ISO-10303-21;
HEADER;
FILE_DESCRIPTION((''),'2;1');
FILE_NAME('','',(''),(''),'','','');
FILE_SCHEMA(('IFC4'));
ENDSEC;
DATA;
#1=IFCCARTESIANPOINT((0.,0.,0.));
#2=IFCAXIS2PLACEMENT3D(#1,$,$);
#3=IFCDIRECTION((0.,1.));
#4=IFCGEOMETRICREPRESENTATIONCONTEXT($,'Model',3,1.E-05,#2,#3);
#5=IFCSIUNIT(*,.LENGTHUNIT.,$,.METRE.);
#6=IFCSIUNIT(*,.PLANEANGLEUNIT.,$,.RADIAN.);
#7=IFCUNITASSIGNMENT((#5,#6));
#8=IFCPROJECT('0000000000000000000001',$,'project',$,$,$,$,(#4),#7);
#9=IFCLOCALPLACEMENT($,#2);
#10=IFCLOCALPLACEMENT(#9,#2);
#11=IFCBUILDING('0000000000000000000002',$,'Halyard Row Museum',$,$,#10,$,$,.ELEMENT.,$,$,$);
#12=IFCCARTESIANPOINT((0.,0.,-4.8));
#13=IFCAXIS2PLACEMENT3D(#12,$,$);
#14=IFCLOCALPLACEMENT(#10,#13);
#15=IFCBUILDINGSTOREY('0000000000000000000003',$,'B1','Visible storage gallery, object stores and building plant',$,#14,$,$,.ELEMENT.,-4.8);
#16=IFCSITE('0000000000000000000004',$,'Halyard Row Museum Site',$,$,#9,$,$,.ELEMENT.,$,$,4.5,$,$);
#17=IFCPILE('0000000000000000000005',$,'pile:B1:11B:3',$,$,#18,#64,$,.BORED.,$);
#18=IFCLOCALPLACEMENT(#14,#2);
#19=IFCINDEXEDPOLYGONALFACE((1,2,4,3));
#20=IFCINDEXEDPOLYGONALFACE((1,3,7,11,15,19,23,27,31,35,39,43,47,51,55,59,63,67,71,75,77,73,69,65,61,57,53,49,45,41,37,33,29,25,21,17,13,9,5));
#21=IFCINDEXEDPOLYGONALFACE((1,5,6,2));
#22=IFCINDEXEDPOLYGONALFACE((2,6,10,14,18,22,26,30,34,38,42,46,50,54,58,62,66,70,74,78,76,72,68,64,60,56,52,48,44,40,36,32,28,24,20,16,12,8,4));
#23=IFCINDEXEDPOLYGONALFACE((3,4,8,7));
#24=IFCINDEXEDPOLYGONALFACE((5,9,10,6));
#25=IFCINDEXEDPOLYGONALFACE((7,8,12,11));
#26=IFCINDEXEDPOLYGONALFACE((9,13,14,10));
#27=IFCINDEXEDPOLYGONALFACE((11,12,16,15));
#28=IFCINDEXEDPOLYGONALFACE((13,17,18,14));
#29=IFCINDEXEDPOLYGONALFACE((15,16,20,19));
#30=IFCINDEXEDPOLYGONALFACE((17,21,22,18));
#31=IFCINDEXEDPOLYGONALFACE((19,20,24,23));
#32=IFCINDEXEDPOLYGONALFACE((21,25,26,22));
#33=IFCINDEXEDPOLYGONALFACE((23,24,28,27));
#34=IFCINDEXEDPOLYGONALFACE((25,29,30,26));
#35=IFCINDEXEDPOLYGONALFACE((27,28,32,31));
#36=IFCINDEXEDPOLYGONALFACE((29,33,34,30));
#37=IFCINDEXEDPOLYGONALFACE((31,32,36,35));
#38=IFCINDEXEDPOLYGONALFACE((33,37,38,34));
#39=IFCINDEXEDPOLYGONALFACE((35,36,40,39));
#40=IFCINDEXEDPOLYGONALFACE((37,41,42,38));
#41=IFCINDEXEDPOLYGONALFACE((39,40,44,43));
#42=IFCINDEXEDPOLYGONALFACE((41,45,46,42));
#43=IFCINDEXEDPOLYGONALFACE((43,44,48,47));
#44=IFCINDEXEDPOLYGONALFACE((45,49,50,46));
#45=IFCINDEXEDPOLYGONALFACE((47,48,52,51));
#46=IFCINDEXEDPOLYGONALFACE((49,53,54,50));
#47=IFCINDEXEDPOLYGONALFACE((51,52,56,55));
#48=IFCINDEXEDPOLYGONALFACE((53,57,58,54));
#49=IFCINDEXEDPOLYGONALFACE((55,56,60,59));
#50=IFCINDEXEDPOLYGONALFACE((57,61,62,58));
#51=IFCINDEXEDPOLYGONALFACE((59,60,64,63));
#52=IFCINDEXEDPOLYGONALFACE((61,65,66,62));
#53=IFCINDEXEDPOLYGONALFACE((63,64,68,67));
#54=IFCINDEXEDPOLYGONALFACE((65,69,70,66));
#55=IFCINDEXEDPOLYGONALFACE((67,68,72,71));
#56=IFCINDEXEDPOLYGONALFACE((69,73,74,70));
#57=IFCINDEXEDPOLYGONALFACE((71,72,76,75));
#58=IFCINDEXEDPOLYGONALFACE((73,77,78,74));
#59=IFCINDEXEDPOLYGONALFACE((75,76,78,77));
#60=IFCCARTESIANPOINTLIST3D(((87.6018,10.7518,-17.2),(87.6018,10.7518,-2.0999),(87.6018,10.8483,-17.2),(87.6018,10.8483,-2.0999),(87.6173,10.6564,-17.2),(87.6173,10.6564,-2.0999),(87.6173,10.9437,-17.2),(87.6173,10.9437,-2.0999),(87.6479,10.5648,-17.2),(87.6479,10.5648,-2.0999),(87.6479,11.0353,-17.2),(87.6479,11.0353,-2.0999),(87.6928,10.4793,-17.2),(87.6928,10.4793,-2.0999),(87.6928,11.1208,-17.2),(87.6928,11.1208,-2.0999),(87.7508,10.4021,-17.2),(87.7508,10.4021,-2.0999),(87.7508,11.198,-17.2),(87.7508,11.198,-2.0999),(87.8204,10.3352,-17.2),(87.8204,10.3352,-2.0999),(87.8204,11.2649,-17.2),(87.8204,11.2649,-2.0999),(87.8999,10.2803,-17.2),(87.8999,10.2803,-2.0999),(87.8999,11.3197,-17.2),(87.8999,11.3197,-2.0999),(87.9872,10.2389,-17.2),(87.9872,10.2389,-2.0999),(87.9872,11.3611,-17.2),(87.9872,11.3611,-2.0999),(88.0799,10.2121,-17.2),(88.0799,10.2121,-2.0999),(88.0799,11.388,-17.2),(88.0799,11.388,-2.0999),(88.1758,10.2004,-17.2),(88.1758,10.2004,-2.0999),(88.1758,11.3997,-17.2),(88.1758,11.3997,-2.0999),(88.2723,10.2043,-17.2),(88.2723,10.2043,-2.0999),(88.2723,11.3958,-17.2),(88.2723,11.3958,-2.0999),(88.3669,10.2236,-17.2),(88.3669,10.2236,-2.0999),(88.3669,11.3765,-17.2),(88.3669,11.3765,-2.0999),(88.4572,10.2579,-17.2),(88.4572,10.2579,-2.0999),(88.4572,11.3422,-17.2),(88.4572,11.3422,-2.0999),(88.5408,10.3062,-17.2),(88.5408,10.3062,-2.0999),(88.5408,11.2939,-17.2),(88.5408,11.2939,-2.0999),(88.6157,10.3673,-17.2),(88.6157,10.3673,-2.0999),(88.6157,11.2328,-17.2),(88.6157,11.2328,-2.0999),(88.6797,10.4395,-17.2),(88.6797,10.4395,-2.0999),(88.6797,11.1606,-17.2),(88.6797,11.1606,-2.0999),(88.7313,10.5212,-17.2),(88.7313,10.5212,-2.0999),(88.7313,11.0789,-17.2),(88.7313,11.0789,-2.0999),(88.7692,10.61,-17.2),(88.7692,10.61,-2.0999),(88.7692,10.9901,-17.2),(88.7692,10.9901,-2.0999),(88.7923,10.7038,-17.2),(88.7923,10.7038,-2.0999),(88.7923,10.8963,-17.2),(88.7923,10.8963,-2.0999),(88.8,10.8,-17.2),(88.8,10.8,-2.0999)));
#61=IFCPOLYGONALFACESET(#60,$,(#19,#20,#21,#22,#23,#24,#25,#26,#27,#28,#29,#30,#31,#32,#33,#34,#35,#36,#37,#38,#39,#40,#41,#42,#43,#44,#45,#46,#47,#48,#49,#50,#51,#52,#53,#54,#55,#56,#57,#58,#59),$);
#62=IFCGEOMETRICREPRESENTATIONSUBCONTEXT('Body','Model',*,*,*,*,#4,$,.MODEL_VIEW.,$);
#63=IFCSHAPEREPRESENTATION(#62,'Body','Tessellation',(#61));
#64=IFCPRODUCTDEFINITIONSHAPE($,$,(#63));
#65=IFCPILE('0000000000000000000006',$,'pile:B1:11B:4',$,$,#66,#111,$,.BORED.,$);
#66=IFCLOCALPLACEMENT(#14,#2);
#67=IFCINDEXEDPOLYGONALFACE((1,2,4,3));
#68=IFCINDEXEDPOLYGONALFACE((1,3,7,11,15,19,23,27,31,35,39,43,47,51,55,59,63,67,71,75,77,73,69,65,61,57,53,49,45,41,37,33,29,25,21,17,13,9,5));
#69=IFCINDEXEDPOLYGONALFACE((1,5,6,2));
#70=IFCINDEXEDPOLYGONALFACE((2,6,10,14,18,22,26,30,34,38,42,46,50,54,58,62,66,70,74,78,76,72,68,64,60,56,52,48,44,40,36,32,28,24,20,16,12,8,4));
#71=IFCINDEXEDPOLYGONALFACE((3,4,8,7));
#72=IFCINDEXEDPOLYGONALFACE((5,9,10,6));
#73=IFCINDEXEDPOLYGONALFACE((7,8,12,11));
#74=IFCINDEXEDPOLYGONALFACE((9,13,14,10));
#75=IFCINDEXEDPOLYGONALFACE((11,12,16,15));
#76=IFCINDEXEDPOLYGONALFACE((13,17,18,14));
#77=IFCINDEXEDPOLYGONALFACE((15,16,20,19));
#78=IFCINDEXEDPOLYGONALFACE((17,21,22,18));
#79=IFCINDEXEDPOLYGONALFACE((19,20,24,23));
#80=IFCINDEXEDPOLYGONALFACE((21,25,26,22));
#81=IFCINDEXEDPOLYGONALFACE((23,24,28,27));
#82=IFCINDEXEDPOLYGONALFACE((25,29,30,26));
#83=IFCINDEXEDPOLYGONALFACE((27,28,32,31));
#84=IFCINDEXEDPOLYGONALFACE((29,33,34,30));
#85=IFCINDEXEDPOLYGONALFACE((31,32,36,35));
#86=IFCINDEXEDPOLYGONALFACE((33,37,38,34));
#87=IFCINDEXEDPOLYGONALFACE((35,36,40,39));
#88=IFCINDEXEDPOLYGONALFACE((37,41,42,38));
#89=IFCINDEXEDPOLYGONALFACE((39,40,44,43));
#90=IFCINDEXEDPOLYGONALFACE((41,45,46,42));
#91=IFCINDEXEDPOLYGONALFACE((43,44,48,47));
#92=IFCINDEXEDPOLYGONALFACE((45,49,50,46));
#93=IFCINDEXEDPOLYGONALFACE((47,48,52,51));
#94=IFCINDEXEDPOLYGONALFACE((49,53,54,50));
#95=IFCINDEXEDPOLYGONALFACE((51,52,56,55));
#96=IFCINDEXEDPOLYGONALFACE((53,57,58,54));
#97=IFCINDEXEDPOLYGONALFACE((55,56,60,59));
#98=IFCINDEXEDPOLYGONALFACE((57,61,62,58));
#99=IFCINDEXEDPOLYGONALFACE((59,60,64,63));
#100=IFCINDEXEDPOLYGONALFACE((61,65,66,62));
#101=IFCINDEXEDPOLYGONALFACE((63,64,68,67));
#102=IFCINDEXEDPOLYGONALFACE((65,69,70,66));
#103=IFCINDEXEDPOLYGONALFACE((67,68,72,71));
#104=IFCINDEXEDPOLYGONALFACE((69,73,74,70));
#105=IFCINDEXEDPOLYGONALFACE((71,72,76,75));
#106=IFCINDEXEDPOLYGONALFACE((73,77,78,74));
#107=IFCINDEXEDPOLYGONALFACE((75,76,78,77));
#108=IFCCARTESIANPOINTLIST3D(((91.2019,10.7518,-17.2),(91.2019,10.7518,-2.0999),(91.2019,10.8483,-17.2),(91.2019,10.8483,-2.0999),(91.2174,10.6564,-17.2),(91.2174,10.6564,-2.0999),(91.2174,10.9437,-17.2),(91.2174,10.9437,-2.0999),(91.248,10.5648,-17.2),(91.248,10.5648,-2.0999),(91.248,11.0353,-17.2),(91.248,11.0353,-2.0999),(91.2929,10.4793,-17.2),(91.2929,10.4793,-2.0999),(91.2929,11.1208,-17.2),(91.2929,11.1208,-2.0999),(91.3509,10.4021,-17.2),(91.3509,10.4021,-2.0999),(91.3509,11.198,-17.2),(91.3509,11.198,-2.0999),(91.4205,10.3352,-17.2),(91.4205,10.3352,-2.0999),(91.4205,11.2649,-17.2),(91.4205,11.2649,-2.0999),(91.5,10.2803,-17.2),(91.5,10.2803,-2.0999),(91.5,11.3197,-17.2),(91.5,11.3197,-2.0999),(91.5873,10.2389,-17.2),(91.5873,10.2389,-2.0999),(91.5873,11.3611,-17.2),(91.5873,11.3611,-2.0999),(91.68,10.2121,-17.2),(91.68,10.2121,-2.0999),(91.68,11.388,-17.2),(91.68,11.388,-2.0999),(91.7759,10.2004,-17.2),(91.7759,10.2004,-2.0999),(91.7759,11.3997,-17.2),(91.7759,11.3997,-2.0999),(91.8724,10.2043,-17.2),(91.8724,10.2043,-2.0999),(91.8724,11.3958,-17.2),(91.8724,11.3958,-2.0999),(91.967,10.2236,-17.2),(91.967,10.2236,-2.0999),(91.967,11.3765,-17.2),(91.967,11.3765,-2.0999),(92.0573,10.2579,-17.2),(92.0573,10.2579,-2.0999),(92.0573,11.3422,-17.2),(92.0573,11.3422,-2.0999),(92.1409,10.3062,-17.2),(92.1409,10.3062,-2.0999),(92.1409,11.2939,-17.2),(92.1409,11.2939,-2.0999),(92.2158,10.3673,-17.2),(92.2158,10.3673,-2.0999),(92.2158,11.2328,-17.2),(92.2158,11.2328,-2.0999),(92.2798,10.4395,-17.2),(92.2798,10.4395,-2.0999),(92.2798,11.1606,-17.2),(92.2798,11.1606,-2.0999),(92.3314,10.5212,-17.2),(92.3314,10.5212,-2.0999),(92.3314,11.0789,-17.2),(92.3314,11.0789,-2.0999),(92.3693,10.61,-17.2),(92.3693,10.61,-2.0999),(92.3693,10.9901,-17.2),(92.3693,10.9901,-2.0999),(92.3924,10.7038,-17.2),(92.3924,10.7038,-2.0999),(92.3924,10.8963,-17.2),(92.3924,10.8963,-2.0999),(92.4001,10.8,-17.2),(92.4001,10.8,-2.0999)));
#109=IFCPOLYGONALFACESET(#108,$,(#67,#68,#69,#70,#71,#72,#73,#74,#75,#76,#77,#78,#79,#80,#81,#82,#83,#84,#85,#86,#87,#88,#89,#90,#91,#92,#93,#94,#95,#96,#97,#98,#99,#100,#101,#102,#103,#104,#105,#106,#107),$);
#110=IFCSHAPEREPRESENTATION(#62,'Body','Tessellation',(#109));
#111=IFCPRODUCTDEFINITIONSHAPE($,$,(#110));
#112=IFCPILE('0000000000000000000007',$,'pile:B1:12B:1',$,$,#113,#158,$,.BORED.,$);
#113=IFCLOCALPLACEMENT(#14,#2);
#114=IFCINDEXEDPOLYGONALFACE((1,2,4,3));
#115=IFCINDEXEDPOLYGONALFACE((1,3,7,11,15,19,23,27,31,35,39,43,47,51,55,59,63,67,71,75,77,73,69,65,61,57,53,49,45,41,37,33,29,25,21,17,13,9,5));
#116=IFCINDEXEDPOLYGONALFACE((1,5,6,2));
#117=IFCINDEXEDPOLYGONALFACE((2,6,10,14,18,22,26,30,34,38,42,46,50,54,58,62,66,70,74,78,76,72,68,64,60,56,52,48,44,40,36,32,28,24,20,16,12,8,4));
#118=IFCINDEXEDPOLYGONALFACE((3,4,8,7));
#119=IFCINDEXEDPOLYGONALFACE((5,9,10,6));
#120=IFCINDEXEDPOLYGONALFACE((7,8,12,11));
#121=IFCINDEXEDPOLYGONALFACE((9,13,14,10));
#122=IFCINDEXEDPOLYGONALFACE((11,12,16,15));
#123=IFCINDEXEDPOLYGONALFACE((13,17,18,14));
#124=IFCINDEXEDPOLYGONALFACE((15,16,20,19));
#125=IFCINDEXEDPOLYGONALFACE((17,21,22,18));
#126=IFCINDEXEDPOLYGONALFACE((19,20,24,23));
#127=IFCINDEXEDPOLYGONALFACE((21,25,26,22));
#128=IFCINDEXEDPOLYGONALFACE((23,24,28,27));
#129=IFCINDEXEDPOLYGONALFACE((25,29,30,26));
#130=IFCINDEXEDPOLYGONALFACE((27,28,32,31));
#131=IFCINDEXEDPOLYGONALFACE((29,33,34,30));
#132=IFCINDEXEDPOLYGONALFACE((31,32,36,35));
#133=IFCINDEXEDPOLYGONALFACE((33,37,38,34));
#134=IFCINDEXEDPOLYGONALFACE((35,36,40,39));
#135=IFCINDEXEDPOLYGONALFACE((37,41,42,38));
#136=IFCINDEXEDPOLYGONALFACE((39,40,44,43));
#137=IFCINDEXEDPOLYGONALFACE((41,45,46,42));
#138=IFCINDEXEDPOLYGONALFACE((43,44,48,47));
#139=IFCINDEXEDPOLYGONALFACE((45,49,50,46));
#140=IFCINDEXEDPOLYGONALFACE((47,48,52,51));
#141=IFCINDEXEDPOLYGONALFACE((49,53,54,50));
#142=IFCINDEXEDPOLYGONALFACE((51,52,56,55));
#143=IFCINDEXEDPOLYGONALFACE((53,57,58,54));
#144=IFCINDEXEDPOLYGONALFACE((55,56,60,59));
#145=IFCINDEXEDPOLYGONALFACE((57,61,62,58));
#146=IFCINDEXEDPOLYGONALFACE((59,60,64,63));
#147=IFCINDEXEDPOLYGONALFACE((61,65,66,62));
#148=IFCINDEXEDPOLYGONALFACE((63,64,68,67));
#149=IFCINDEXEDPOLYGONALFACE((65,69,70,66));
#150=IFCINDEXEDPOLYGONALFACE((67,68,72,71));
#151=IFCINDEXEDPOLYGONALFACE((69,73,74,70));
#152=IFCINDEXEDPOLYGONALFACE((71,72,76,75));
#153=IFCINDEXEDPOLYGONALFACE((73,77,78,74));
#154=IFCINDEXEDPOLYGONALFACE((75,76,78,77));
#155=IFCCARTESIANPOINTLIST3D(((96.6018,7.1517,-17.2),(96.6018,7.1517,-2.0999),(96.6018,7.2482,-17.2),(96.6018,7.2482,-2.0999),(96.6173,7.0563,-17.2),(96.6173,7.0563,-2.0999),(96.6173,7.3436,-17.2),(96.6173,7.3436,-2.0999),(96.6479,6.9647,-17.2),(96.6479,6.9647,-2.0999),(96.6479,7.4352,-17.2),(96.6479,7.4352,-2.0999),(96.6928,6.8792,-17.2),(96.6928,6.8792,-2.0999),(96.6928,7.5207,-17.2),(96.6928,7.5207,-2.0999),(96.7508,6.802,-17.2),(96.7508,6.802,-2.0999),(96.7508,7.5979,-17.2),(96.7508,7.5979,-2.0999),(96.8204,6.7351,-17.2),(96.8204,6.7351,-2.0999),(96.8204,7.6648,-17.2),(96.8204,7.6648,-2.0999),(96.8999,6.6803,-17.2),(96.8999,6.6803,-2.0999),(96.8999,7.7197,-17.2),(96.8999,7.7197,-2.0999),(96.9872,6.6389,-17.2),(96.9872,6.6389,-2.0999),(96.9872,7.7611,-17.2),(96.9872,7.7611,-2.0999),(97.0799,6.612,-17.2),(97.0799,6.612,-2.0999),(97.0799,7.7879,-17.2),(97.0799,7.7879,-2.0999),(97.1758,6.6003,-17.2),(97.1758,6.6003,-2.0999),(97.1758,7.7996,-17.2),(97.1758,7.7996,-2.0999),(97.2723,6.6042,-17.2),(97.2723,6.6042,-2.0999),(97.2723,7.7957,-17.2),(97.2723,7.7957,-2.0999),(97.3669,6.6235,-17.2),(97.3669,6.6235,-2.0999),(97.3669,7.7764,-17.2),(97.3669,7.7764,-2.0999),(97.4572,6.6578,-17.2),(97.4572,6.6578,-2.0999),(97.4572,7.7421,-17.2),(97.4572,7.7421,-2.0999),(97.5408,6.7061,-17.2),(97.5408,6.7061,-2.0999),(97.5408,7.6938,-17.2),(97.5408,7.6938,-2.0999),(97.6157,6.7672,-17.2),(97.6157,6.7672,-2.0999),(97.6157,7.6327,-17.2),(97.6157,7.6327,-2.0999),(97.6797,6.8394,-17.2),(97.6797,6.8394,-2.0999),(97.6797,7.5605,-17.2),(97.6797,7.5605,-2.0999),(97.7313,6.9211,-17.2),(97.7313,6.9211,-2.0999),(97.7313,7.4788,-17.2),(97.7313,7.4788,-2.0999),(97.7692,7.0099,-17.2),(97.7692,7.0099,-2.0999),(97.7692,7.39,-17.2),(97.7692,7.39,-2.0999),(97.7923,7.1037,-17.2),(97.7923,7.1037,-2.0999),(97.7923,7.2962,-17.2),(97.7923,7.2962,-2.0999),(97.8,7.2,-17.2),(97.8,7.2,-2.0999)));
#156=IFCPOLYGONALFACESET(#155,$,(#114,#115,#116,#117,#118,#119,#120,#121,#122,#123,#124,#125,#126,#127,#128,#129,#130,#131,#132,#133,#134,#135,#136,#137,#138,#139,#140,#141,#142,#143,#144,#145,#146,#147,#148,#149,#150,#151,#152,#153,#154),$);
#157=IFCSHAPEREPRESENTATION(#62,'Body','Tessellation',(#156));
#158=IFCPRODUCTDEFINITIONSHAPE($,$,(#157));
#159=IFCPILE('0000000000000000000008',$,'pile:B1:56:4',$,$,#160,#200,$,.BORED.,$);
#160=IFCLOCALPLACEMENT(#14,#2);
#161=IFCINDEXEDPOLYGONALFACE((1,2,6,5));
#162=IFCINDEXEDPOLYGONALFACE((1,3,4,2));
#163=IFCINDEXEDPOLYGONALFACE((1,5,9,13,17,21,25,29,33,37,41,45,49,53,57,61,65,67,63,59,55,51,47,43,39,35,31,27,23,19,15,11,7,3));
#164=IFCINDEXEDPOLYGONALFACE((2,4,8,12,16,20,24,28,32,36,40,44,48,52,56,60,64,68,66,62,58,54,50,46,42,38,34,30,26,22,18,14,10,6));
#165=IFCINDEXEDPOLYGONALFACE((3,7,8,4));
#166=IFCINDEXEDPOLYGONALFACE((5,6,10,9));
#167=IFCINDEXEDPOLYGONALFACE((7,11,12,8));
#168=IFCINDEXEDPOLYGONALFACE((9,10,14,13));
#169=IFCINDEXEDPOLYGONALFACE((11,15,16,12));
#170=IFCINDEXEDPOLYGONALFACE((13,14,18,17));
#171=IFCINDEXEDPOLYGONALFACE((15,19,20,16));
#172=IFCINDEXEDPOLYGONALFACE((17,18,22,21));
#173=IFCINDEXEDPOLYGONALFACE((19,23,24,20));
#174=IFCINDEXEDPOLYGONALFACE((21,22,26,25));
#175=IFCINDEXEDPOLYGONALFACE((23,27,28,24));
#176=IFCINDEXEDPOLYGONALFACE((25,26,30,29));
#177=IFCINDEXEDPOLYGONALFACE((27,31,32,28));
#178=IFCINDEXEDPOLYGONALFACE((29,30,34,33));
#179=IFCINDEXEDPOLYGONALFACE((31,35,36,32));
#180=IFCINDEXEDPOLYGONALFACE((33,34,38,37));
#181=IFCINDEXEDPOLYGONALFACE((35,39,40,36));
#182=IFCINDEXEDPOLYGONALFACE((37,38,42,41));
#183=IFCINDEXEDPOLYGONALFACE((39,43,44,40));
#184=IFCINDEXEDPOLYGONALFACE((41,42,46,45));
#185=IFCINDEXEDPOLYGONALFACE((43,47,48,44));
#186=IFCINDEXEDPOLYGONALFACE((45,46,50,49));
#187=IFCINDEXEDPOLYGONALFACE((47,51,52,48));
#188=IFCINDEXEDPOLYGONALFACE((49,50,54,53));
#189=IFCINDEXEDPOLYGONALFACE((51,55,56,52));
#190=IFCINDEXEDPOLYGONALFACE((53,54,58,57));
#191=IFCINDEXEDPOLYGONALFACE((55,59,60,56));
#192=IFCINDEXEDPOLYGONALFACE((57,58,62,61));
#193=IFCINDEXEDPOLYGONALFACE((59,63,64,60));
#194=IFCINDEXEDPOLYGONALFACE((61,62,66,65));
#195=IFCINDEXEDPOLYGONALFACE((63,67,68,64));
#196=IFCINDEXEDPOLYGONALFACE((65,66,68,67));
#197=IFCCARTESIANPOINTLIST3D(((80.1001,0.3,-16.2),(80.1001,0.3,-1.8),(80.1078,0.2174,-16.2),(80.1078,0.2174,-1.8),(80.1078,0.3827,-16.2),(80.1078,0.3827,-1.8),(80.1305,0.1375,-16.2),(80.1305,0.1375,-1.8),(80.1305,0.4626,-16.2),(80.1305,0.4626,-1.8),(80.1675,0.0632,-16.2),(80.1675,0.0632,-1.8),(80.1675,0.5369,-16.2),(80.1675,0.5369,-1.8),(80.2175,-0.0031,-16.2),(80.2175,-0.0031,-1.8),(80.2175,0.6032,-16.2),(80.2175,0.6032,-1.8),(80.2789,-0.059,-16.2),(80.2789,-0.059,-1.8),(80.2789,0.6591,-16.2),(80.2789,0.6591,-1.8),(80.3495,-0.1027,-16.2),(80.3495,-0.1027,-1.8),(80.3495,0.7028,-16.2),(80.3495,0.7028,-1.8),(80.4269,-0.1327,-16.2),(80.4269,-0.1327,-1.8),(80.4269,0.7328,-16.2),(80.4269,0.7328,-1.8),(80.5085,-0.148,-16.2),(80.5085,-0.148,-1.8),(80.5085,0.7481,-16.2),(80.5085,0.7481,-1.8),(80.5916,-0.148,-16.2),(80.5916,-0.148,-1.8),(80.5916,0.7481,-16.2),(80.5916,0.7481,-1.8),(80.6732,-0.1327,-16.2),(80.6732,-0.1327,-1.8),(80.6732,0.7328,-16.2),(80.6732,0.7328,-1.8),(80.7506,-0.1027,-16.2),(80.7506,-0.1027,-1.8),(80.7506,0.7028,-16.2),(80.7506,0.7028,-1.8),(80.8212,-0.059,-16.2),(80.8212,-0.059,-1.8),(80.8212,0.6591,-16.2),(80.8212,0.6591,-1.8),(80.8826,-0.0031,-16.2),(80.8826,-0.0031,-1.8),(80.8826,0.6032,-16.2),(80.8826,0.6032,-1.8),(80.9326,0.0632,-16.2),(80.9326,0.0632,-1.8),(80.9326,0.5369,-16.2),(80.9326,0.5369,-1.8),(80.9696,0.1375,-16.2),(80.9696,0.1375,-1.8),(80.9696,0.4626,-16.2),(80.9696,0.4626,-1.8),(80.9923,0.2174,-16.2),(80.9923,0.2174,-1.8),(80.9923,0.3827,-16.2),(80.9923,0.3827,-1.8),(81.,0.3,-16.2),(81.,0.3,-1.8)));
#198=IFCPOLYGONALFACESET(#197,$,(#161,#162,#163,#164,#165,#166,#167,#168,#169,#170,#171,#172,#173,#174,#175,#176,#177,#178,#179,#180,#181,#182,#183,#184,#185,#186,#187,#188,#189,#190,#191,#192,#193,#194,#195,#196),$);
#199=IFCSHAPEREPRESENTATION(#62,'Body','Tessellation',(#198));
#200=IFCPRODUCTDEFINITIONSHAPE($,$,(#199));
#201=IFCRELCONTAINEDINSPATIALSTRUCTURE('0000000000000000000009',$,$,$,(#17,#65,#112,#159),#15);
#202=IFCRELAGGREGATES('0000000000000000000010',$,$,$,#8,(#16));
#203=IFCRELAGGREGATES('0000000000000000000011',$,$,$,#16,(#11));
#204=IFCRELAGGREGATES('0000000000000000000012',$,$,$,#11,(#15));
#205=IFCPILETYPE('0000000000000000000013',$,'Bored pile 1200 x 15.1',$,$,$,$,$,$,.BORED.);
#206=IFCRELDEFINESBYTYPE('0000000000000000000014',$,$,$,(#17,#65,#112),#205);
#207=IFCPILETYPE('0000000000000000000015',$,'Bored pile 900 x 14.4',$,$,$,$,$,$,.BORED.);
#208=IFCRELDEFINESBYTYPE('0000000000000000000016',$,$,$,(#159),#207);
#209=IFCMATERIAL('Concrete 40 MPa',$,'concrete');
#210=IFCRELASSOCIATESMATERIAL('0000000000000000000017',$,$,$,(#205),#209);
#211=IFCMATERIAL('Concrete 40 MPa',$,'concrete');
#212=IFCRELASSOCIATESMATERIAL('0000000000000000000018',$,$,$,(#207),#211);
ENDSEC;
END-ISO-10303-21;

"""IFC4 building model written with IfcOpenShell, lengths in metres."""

from ifc_helpers import new_model, si_unit, direction, frame, origin, origin_2d, place, context, subcontext, project, spatial, circle, extrude, material, material_profile, profile_set, type_object, element, save


model = new_model("IFC4")

# Units and contexts
model_context = context("Model", 3, precision=1e-05, world=origin(), true_north=direction((0.0, 1.0)))
body_context = subcontext(model_context, "Body", "Model", "MODEL_VIEW")
ifc_project = project(units=[si_unit("LENGTHUNIT", "METRE"), si_unit("PLANEANGLEUNIT", "RADIAN")], contexts=[model_context])

# Site, building, storey
site_placement = place(None, origin())
site = spatial("IfcSite", under=ifc_project, at=site_placement, Name="Halyard Row Museum Site", CompositionType="ELEMENT", RefElevation=4.5)
building_placement = place(site_placement, origin())
building = spatial("IfcBuilding", under=site, at=building_placement, Name="Halyard Row Museum", CompositionType="ELEMENT")
storey_placement = place(building_placement, frame((0.0, 0.0, -4.8)))
storey = spatial("IfcBuildingStorey", under=building, at=storey_placement, Name="B1", Description="Visible storage gallery, object stores and building plant", CompositionType="ELEMENT", Elevation=-4.8)

# Piles
ifc_material_1 = material(Name="Concrete 40 MPa", Category="concrete")
ifc_material_profile_1 = material_profile(ifc_material_1, circle(Radius=0.6001, at=origin_2d()), Name="Bored pile 1200 x 15.1")
ifc_profile_set_1 = profile_set([ifc_material_profile_1], Name="Concrete 40 MPa")
pile_type_1 = type_object("IfcPileType", Name="Bored pile 1200 x 15.1", PredefinedType="BORED", material=ifc_profile_set_1)
for number, where, z_axis, x_axis, name in (
    (1, (88.2, 10.8, -2.0999), (0.0, 0.0, -1.0), (1.0, 0.0, 0.0), "pile:B1:11B:3"),
    (2, (91.8, 10.8, -2.0999), (0.0, 0.0, -1.0), (1.0, 0.0, 0.0), "pile:B1:11B:4"),
    (3, (97.2, 7.2, -2.0999), (0.0, 0.0, -1.0), (1.0, 0.0, 0.0), "pile:B1:12B:1"),
):
    element("IfcPile", number, at=place(storey_placement, frame(where, z_axis=z_axis, x_axis=x_axis)), inside=storey, type_object=pile_type_1, Name=name, PredefinedType="BORED", context=body_context, shape_type="SweptSolid", body=[
        extrude(circle(Radius=0.6001, at=origin_2d()), origin(), (0.0, 0.0, 1.0), 15.1001),
    ])
ifc_material_2 = material(Name="Concrete 40 MPa", Category="concrete")
ifc_material_profile_2 = material_profile(ifc_material_2, circle(Radius=0.45, at=origin_2d()), Name="Bored pile 900 x 14.4")
ifc_profile_set_2 = profile_set([ifc_material_profile_2], Name="Concrete 40 MPa")
pile_type_2 = type_object("IfcPileType", Name="Bored pile 900 x 14.4", PredefinedType="BORED", material=ifc_profile_set_2)
for number, where, z_axis, x_axis, name in (
    (4, (80.55, 0.3, -1.8), (0.0, 0.0, -1.0), (1.0, 0.0, 0.0), "pile:B1:56:4"),
):
    element("IfcPile", number, at=place(storey_placement, frame(where, z_axis=z_axis, x_axis=x_axis)), inside=storey, type_object=pile_type_2, Name=name, PredefinedType="BORED", context=body_context, shape_type="SweptSolid", body=[
        extrude(circle(Radius=0.45, at=origin_2d()), origin(), (0.0, 0.0, 1.0), 14.3999),
    ])

save(model, "model.ifc")
